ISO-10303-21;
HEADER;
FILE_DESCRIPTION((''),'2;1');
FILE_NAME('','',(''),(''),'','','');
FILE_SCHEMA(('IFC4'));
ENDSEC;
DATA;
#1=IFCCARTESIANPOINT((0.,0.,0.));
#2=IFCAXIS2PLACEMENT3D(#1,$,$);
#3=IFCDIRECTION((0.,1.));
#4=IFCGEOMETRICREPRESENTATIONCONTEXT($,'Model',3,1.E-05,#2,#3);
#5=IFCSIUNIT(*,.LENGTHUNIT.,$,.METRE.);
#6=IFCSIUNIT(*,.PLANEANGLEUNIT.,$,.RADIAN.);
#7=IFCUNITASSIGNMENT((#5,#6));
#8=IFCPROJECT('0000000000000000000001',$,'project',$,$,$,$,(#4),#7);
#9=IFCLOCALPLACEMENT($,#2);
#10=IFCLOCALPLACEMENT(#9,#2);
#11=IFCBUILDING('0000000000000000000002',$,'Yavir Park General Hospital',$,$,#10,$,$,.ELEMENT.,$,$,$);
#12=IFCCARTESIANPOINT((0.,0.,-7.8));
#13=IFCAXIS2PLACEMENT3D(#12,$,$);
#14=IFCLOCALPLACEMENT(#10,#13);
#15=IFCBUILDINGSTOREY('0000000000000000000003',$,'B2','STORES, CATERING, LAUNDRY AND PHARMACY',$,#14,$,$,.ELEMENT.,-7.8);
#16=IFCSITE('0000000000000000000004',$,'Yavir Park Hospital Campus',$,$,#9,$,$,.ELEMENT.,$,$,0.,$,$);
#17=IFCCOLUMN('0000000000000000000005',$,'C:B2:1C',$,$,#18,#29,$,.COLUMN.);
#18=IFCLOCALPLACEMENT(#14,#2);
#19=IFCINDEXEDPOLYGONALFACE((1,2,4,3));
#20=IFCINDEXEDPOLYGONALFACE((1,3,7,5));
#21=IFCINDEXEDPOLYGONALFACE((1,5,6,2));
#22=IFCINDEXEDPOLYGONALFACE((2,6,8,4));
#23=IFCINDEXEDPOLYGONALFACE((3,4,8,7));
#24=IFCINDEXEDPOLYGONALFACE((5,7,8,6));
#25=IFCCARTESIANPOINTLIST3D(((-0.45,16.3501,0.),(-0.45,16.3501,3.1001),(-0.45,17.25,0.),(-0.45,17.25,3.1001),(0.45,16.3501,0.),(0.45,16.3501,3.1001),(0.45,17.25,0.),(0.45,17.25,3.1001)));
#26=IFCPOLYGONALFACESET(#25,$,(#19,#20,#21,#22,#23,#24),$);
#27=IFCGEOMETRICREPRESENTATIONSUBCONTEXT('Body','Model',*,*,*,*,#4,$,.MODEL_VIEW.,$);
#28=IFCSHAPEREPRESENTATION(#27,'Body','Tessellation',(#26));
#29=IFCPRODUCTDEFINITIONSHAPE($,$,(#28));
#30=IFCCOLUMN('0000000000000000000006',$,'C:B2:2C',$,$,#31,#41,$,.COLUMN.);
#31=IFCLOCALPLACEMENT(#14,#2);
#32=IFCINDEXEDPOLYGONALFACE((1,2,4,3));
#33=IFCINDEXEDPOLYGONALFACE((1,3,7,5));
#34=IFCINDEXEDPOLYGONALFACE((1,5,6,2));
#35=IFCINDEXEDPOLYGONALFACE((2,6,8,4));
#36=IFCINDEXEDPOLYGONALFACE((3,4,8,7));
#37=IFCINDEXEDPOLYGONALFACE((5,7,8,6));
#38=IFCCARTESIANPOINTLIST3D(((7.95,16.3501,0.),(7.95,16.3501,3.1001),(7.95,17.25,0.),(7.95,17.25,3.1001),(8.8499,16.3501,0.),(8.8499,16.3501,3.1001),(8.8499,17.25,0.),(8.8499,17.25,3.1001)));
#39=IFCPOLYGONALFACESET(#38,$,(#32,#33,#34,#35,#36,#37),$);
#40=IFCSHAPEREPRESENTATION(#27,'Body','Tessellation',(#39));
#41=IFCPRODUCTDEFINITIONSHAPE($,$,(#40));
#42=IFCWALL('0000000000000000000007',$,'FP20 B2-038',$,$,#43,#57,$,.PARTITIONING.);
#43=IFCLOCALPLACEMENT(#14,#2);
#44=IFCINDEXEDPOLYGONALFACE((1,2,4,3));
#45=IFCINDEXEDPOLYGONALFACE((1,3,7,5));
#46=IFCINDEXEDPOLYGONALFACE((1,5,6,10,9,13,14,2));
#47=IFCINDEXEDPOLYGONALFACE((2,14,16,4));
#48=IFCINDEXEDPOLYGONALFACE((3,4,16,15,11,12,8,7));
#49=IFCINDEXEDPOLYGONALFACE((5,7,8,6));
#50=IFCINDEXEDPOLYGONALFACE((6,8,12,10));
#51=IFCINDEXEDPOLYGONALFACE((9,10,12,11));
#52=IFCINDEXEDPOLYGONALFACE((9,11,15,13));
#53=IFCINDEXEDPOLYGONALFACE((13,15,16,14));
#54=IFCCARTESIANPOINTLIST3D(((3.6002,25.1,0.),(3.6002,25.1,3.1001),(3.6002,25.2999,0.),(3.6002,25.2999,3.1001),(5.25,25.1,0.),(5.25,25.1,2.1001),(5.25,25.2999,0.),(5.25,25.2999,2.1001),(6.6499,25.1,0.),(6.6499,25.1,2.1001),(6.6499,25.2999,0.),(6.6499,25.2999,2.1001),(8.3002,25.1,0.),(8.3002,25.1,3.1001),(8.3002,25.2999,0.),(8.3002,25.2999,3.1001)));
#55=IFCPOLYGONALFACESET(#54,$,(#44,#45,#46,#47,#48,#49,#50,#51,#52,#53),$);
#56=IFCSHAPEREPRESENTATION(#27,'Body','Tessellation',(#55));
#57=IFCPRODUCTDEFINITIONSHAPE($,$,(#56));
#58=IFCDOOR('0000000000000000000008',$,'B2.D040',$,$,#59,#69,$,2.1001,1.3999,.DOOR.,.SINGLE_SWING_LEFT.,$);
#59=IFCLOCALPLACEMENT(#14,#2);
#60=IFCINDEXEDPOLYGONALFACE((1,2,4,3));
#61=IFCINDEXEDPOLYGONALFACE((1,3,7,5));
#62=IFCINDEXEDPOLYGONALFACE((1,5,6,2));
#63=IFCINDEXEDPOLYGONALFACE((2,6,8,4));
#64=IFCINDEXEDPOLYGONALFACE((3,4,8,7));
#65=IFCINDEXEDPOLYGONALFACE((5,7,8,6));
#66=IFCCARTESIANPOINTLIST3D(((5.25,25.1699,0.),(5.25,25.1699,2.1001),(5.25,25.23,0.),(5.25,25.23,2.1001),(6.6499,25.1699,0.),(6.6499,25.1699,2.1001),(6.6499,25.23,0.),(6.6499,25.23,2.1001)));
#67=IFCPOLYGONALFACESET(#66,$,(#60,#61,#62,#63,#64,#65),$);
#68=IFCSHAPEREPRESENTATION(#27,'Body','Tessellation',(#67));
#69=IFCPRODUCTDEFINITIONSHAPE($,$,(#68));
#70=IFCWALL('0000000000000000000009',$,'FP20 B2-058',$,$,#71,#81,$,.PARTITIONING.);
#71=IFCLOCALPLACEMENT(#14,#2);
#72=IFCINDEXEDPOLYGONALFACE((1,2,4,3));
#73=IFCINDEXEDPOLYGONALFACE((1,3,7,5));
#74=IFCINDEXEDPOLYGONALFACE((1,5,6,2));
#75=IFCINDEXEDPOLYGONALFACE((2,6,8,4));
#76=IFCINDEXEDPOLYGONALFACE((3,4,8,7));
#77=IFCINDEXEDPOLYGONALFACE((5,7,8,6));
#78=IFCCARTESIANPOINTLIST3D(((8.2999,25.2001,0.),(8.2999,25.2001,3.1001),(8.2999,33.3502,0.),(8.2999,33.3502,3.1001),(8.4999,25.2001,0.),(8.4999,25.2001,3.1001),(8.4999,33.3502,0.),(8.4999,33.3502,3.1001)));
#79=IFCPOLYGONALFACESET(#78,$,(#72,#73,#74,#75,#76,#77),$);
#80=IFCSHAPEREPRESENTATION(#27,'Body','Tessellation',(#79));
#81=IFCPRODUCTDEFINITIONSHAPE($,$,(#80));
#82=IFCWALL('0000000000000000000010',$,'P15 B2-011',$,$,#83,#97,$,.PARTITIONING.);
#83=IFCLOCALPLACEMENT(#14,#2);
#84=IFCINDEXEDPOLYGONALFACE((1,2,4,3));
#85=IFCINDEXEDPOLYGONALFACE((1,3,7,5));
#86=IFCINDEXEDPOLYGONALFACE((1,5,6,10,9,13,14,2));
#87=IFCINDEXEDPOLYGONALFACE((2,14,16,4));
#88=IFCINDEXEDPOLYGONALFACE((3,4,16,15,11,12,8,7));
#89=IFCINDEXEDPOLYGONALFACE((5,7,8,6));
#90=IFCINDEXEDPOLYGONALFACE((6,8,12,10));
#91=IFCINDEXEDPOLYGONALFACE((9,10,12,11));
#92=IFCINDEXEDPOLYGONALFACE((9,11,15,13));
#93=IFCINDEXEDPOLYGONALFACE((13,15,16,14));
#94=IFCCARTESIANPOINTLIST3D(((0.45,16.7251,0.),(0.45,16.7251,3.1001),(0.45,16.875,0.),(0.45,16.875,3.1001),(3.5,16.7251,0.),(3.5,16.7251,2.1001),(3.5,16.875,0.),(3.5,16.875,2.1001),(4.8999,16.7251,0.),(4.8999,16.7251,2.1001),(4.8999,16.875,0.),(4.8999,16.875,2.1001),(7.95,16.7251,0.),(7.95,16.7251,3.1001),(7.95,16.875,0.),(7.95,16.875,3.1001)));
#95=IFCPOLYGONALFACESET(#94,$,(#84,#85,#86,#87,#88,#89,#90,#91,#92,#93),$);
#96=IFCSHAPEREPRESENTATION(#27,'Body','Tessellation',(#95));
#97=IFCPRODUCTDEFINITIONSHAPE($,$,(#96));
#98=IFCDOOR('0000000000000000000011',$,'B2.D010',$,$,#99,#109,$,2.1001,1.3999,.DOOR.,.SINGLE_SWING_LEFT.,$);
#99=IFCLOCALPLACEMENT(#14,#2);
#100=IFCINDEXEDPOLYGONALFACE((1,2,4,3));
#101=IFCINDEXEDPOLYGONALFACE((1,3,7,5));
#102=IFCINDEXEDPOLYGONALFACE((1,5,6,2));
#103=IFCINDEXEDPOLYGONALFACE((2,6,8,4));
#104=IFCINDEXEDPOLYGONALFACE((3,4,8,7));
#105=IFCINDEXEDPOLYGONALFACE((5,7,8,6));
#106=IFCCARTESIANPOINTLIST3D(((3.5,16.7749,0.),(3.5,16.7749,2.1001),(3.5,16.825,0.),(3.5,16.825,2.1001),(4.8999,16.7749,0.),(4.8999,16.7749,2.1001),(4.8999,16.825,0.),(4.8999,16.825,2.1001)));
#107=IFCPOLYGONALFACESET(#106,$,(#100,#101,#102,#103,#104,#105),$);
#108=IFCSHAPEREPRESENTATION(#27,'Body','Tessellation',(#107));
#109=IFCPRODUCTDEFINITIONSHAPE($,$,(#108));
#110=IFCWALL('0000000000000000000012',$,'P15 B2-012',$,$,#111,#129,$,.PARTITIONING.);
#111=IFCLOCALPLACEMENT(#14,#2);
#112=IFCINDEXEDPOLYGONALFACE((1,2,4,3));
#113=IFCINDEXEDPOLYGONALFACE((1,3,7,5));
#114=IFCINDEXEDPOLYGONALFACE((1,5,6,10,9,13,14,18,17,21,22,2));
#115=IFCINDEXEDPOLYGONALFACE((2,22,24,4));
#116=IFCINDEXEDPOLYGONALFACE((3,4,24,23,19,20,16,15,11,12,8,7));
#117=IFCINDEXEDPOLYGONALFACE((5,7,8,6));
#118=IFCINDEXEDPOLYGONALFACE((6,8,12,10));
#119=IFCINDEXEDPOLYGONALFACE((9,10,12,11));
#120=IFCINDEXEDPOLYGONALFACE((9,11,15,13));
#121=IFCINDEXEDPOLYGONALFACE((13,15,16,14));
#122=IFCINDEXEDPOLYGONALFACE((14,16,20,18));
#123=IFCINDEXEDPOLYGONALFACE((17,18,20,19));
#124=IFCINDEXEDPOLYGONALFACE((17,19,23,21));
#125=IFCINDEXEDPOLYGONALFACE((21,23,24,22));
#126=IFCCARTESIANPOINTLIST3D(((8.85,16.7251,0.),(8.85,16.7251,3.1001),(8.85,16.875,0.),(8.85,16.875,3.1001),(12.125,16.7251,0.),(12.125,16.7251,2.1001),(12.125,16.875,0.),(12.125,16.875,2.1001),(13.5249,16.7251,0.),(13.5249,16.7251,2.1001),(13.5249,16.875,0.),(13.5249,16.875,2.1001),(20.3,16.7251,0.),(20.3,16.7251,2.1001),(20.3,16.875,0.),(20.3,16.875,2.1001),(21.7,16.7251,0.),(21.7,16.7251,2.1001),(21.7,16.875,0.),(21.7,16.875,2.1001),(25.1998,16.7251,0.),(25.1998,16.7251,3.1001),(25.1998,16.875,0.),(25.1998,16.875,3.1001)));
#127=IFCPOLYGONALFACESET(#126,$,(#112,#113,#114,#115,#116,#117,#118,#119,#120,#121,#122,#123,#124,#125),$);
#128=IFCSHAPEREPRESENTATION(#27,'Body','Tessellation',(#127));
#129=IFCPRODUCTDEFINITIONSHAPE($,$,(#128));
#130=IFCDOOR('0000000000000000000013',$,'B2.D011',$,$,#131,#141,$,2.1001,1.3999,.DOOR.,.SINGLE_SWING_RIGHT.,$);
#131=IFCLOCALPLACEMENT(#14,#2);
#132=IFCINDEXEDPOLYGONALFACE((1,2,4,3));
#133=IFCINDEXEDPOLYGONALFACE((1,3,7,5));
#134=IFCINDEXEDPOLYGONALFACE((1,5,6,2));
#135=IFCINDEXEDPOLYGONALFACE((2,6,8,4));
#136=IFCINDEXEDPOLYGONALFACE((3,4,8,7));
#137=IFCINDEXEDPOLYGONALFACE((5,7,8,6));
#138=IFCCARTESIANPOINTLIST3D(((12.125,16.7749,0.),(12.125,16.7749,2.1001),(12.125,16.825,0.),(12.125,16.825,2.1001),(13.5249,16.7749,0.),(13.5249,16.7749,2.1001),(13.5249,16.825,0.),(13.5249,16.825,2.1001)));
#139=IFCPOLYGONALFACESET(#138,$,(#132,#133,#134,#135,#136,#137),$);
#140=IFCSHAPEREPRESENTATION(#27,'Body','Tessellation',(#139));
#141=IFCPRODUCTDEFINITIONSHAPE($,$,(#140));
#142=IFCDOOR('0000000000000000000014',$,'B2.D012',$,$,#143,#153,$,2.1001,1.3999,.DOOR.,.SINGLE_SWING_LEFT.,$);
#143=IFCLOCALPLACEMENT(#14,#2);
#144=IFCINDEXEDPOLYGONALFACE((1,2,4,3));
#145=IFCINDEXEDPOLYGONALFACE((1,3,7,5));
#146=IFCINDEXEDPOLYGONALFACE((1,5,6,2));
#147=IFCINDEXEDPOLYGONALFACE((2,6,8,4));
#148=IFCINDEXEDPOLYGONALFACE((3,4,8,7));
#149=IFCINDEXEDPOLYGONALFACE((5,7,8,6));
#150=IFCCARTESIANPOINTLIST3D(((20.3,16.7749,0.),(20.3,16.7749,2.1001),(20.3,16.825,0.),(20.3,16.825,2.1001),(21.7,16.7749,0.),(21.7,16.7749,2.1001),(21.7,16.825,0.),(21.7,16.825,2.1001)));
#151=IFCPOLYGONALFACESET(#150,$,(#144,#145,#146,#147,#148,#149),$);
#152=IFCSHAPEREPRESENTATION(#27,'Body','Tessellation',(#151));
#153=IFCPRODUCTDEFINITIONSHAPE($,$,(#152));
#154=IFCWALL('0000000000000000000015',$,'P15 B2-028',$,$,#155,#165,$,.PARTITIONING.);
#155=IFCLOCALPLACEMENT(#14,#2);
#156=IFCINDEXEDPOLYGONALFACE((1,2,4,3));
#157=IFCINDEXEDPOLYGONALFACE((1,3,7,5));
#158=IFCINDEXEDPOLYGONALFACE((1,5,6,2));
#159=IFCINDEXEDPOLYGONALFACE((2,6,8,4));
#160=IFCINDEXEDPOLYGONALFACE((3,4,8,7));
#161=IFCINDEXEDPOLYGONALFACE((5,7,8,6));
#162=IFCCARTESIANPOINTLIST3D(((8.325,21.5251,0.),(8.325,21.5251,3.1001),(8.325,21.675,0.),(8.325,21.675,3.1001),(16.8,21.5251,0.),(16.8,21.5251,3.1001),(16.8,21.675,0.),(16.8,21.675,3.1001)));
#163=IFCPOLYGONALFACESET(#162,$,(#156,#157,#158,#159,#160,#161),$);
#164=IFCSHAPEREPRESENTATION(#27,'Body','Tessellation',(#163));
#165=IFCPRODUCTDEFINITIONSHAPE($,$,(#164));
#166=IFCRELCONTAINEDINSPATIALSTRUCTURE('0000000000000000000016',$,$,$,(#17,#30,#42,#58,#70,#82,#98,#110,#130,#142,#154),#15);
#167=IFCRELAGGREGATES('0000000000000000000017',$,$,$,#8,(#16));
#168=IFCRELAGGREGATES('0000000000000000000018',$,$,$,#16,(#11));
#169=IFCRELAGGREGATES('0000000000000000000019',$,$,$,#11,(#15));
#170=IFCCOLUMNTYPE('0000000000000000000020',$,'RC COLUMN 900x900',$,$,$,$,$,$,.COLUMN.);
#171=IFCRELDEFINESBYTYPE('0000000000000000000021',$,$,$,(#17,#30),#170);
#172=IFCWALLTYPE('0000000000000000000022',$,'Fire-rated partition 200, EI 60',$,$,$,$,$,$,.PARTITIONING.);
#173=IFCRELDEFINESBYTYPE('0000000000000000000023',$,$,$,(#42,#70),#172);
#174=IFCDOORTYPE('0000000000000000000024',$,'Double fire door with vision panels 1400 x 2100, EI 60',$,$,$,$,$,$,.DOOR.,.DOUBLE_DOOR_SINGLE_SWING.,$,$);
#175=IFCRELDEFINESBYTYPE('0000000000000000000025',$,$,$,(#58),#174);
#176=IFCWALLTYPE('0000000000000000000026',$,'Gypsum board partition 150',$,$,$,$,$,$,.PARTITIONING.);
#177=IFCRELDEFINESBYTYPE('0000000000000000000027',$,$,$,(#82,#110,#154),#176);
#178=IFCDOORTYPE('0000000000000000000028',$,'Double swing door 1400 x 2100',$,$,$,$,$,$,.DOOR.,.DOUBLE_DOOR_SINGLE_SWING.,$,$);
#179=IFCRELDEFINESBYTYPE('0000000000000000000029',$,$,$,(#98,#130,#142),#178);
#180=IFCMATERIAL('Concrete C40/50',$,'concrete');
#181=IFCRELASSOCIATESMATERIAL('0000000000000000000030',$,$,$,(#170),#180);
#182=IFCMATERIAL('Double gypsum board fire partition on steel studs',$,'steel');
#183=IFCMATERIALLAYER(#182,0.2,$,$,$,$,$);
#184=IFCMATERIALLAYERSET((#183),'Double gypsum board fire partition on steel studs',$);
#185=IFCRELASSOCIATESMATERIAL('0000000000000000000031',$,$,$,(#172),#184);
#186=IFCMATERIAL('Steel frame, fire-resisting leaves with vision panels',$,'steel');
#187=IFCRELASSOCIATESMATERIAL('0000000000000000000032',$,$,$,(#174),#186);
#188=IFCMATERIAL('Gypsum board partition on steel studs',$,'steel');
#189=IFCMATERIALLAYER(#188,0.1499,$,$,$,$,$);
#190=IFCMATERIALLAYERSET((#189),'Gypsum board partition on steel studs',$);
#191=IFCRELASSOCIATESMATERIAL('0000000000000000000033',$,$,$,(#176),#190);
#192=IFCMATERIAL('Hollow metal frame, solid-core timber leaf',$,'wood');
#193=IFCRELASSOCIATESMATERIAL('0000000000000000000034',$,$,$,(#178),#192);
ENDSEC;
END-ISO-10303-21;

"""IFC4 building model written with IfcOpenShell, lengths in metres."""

from ifc_helpers import new_model, si_unit, direction, frame, frame_2d, origin, origin_2d, place, context, subcontext, project, spatial, rectangle, extrude, material, layer, layer_set, material_profile, profile_set, type_object, element, fill, save


model = new_model("IFC4")

# Units and contexts
model_context = context("Model", 3, precision=1e-05, world=origin(), true_north=direction((0.0, 1.0)))
body_context = subcontext(model_context, "Body", "Model", "MODEL_VIEW")
ifc_project = project(units=[si_unit("LENGTHUNIT", "METRE"), si_unit("PLANEANGLEUNIT", "RADIAN")], contexts=[model_context])

# Site, building, storey
site_placement = place(None, origin())
site = spatial("IfcSite", under=ifc_project, at=site_placement, Name="Yavir Park Hospital Campus", CompositionType="ELEMENT", RefElevation=0.0)
building_placement = place(site_placement, origin())
building = spatial("IfcBuilding", under=site, at=building_placement, Name="Yavir Park General Hospital", CompositionType="ELEMENT")
storey_placement = place(building_placement, frame((0.0, 0.0, -7.8)))
storey = spatial("IfcBuildingStorey", under=building, at=storey_placement, Name="B2", Description="STORES, CATERING, LAUNDRY AND PHARMACY", CompositionType="ELEMENT", Elevation=-7.8)

# Columns
ifc_material_1 = material(Name="Concrete C40/50", Category="concrete")
ifc_material_profile = material_profile(ifc_material_1, rectangle(XDim=0.8999, YDim=0.8999, at=origin_2d()), Name="RC900x900")
ifc_profile_set = profile_set([ifc_material_profile], Name="Concrete C40/50")
column_type = type_object("IfcColumnType", Name="RC COLUMN 900x900", PredefinedType="COLUMN", material=ifc_profile_set)
for number, where, z_axis, x_axis, name in (
    (1, (0.0, 16.8, 0.0), (0.0, 0.0, 1.0), (1.0, 0.0, 0.0), "C:B2:1C"),
    (2, (8.3999, 16.8, 0.0), (0.0, 0.0, 1.0), (1.0, 0.0, 0.0), "C:B2:2C"),
):
    element("IfcColumn", number, at=place(storey_placement, frame(where, z_axis=z_axis, x_axis=x_axis)), inside=storey, type_object=column_type, Name=name, PredefinedType="COLUMN", context=body_context, shape_type="SweptSolid", body=[
        extrude(rectangle(XDim=0.8999, YDim=0.8999, at=origin_2d()), origin(), (0.0, 0.0, 1.0), 3.1001),
    ])

# Wall, opening, door
ifc_material_2 = material(Name="Double gypsum board fire partition on steel studs", Category="steel")
ifc_layer_1 = layer(ifc_material_2, 0.2)
ifc_layer_set_1 = layer_set([ifc_layer_1], Name="Double gypsum board fire partition on steel studs")
wall_type_1 = type_object("IfcWallType", Name="Fire-rated partition 200, EI 60", PredefinedType="PARTITIONING", material=ifc_layer_set_1)
wall_1_placement = place(storey_placement, frame((3.6001, 25.2, 0.0), z_axis=(0.0, 0.0, 1.0), x_axis=(1.0, 0.0, 0.0)))
wall_1 = element("IfcWall", 3, at=wall_1_placement, inside=storey, type_object=wall_type_1, Name="FP20 B2-038", PredefinedType="PARTITIONING", context=body_context, shape_type="SweptSolid", body=[
    extrude(rectangle(XDim=4.7, YDim=0.2, at=frame_2d((2.3501, 0.0))), origin(), (0.0, 0.0, 1.0), 3.1001),
])
opening_1_placement = place(wall_1_placement, frame((1.6499, 0.0, 0.0)))
opening_1 = element("IfcOpeningElement", 4, at=opening_1_placement, cuts=wall_1, PredefinedType="OPENING", context=body_context, shape_type="SweptSolid", body=[
    extrude(rectangle(XDim=1.3999, YDim=2.1001, at=frame_2d((0.7, 1.05))), frame((0.0, 0.1099, 0.0), z_axis=(0.0, -1.0, 0.0), x_axis=(1.0, 0.0, 0.0)), (0.0, 0.0, 1.0), 0.22),
])
ifc_material_3 = material(Name="Steel frame, fire-resisting leaves with vision panels", Category="steel")
door_type_1 = type_object("IfcDoorType", Name="Double fire door with vision panels 1400 x 2100, EI 60", OperationType="DOUBLE_DOOR_SINGLE_SWING", PredefinedType="DOOR", material=ifc_material_3)
door_1_placement = place(opening_1_placement, origin())
door_1 = element("IfcDoor", 5, at=door_1_placement, inside=storey, type_object=door_type_1, Name="B2.D040", OperationType="SINGLE_SWING_LEFT", OverallHeight=2.1001, OverallWidth=1.3999, PredefinedType="DOOR", context=body_context, shape_type="SweptSolid", body=[
    extrude(rectangle(XDim=1.3999, YDim=2.1001, at=frame_2d((0.7, 1.05))), frame((0.0, 0.03, 0.0), z_axis=(0.0, -1.0, 0.0), x_axis=(1.0, 0.0, 0.0)), (0.0, 0.0, 1.0), 0.0601),
])
fill(opening_1, door_1)

# Wall
wall_2_placement = place(storey_placement, frame((8.3999, 25.2, 0.0), z_axis=(0.0, 0.0, 1.0), x_axis=(0.0, 1.0, 0.0)))
element("IfcWall", 6, at=wall_2_placement, inside=storey, type_object=wall_type_1, Name="FP20 B2-058", PredefinedType="PARTITIONING", context=body_context, shape_type="SweptSolid", body=[
    extrude(rectangle(XDim=8.1501, YDim=0.2, at=frame_2d((4.0752, 0.0))), origin(), (0.0, 0.0, 1.0), 3.1001),
])

# Wall, opening, door
ifc_material_4 = material(Name="Gypsum board partition on steel studs", Category="steel")
ifc_layer_2 = layer(ifc_material_4, 0.1499)
ifc_layer_set_2 = layer_set([ifc_layer_2], Name="Gypsum board partition on steel studs")
wall_type_2 = type_object("IfcWallType", Name="Gypsum board partition 150", PredefinedType="PARTITIONING", material=ifc_layer_set_2)
wall_3_placement = place(storey_placement, frame((0.45, 16.8, 0.0), z_axis=(0.0, 0.0, 1.0), x_axis=(1.0, 0.0, 0.0)))
wall_3 = element("IfcWall", 7, at=wall_3_placement, inside=storey, type_object=wall_type_2, Name="P15 B2-011", PredefinedType="PARTITIONING", context=body_context, shape_type="SweptSolid", body=[
    extrude(rectangle(XDim=7.5, YDim=0.1499, at=frame_2d((3.75, 0.0))), origin(), (0.0, 0.0, 1.0), 3.1001),
])
opening_2_placement = place(wall_3_placement, frame((3.05, 0.0, 0.0)))
opening_2 = element("IfcOpeningElement", 8, at=opening_2_placement, cuts=wall_3, PredefinedType="OPENING", context=body_context, shape_type="SweptSolid", body=[
    extrude(rectangle(XDim=1.3999, YDim=2.1001, at=frame_2d((0.7, 1.05))), frame((0.0, 0.085, 0.0), z_axis=(0.0, -1.0, 0.0), x_axis=(1.0, 0.0, 0.0)), (0.0, 0.0, 1.0), 0.1699),
])
ifc_material_5 = material(Name="Hollow metal frame, solid-core timber leaf", Category="wood")
door_type_2 = type_object("IfcDoorType", Name="Double swing door 1400 x 2100", OperationType="DOUBLE_DOOR_SINGLE_SWING", PredefinedType="DOOR", material=ifc_material_5)
door_2_placement = place(opening_2_placement, origin())
door_2 = element("IfcDoor", 9, at=door_2_placement, inside=storey, type_object=door_type_2, Name="B2.D010", OperationType="SINGLE_SWING_LEFT", OverallHeight=2.1001, OverallWidth=1.3999, PredefinedType="DOOR", context=body_context, shape_type="SweptSolid", body=[
    extrude(rectangle(XDim=1.3999, YDim=2.1001, at=frame_2d((0.7, 1.05))), frame((0.0, 0.0249, 0.0), z_axis=(0.0, -1.0, 0.0), x_axis=(1.0, 0.0, 0.0)), (0.0, 0.0, 1.0), 0.05),
])
fill(opening_2, door_2)

# Wall, openings, doors
wall_4_placement = place(storey_placement, frame((8.8501, 16.8, 0.0), z_axis=(0.0, 0.0, 1.0), x_axis=(1.0, 0.0, 0.0)))
wall_4 = element("IfcWall", 10, at=wall_4_placement, inside=storey, type_object=wall_type_2, Name="P15 B2-012", PredefinedType="PARTITIONING", context=body_context, shape_type="SweptSolid", body=[
    extrude(rectangle(XDim=16.3499, YDim=0.1499, at=frame_2d((8.1748, 0.0))), origin(), (0.0, 0.0, 1.0), 3.1001),
])
opening_3_placement = place(wall_4_placement, frame((3.2749, 0.0, 0.0)))
opening_3 = element("IfcOpeningElement", 11, at=opening_3_placement, cuts=wall_4, PredefinedType="OPENING", context=body_context, shape_type="SweptSolid", body=[
    extrude(rectangle(XDim=1.3999, YDim=2.1001, at=frame_2d((0.7, 1.05))), frame((0.0, 0.085, 0.0), z_axis=(0.0, -1.0, 0.0), x_axis=(1.0, 0.0, 0.0)), (0.0, 0.0, 1.0), 0.1699),
])
opening_4_placement = place(wall_4_placement, frame((11.45, 0.0, 0.0)))
opening_4 = element("IfcOpeningElement", 12, at=opening_4_placement, cuts=wall_4, PredefinedType="OPENING", context=body_context, shape_type="SweptSolid", body=[
    extrude(rectangle(XDim=1.3999, YDim=2.1001, at=frame_2d((0.7, 1.05))), frame((0.0, 0.085, 0.0), z_axis=(0.0, -1.0, 0.0), x_axis=(1.0, 0.0, 0.0)), (0.0, 0.0, 1.0), 0.1699),
])
door_3_placement = place(opening_3_placement, origin())
door_3 = element("IfcDoor", 13, at=door_3_placement, inside=storey, type_object=door_type_2, Name="B2.D011", OperationType="SINGLE_SWING_RIGHT", OverallHeight=2.1001, OverallWidth=1.3999, PredefinedType="DOOR", context=body_context, shape_type="SweptSolid", body=[
    extrude(rectangle(XDim=1.3999, YDim=2.1001, at=frame_2d((0.7, 1.05))), frame((0.0, 0.0249, 0.0), z_axis=(0.0, -1.0, 0.0), x_axis=(1.0, 0.0, 0.0)), (0.0, 0.0, 1.0), 0.05),
])
fill(opening_3, door_3)
door_4_placement = place(opening_4_placement, origin())
door_4 = element("IfcDoor", 14, at=door_4_placement, inside=storey, type_object=door_type_2, Name="B2.D012", OperationType="SINGLE_SWING_LEFT", OverallHeight=2.1001, OverallWidth=1.3999, PredefinedType="DOOR", context=body_context, shape_type="SweptSolid", body=[
    extrude(rectangle(XDim=1.3999, YDim=2.1001, at=frame_2d((0.7, 1.05))), frame((0.0, 0.0249, 0.0), z_axis=(0.0, -1.0, 0.0), x_axis=(1.0, 0.0, 0.0)), (0.0, 0.0, 1.0), 0.05),
])
fill(opening_4, door_4)

# Wall
wall_5_placement = place(storey_placement, frame((8.325, 21.6001, 0.0), z_axis=(0.0, 0.0, 1.0), x_axis=(1.0, 0.0, 0.0)))
element("IfcWall", 15, at=wall_5_placement, inside=storey, type_object=wall_type_2, Name="P15 B2-028", PredefinedType="PARTITIONING", context=body_context, shape_type="SweptSolid", body=[
    extrude(rectangle(XDim=8.4751, YDim=0.1499, at=frame_2d((4.2375, 0.0))), origin(), (0.0, 0.0, 1.0), 3.1001),
])

save(model, "model.ifc")
